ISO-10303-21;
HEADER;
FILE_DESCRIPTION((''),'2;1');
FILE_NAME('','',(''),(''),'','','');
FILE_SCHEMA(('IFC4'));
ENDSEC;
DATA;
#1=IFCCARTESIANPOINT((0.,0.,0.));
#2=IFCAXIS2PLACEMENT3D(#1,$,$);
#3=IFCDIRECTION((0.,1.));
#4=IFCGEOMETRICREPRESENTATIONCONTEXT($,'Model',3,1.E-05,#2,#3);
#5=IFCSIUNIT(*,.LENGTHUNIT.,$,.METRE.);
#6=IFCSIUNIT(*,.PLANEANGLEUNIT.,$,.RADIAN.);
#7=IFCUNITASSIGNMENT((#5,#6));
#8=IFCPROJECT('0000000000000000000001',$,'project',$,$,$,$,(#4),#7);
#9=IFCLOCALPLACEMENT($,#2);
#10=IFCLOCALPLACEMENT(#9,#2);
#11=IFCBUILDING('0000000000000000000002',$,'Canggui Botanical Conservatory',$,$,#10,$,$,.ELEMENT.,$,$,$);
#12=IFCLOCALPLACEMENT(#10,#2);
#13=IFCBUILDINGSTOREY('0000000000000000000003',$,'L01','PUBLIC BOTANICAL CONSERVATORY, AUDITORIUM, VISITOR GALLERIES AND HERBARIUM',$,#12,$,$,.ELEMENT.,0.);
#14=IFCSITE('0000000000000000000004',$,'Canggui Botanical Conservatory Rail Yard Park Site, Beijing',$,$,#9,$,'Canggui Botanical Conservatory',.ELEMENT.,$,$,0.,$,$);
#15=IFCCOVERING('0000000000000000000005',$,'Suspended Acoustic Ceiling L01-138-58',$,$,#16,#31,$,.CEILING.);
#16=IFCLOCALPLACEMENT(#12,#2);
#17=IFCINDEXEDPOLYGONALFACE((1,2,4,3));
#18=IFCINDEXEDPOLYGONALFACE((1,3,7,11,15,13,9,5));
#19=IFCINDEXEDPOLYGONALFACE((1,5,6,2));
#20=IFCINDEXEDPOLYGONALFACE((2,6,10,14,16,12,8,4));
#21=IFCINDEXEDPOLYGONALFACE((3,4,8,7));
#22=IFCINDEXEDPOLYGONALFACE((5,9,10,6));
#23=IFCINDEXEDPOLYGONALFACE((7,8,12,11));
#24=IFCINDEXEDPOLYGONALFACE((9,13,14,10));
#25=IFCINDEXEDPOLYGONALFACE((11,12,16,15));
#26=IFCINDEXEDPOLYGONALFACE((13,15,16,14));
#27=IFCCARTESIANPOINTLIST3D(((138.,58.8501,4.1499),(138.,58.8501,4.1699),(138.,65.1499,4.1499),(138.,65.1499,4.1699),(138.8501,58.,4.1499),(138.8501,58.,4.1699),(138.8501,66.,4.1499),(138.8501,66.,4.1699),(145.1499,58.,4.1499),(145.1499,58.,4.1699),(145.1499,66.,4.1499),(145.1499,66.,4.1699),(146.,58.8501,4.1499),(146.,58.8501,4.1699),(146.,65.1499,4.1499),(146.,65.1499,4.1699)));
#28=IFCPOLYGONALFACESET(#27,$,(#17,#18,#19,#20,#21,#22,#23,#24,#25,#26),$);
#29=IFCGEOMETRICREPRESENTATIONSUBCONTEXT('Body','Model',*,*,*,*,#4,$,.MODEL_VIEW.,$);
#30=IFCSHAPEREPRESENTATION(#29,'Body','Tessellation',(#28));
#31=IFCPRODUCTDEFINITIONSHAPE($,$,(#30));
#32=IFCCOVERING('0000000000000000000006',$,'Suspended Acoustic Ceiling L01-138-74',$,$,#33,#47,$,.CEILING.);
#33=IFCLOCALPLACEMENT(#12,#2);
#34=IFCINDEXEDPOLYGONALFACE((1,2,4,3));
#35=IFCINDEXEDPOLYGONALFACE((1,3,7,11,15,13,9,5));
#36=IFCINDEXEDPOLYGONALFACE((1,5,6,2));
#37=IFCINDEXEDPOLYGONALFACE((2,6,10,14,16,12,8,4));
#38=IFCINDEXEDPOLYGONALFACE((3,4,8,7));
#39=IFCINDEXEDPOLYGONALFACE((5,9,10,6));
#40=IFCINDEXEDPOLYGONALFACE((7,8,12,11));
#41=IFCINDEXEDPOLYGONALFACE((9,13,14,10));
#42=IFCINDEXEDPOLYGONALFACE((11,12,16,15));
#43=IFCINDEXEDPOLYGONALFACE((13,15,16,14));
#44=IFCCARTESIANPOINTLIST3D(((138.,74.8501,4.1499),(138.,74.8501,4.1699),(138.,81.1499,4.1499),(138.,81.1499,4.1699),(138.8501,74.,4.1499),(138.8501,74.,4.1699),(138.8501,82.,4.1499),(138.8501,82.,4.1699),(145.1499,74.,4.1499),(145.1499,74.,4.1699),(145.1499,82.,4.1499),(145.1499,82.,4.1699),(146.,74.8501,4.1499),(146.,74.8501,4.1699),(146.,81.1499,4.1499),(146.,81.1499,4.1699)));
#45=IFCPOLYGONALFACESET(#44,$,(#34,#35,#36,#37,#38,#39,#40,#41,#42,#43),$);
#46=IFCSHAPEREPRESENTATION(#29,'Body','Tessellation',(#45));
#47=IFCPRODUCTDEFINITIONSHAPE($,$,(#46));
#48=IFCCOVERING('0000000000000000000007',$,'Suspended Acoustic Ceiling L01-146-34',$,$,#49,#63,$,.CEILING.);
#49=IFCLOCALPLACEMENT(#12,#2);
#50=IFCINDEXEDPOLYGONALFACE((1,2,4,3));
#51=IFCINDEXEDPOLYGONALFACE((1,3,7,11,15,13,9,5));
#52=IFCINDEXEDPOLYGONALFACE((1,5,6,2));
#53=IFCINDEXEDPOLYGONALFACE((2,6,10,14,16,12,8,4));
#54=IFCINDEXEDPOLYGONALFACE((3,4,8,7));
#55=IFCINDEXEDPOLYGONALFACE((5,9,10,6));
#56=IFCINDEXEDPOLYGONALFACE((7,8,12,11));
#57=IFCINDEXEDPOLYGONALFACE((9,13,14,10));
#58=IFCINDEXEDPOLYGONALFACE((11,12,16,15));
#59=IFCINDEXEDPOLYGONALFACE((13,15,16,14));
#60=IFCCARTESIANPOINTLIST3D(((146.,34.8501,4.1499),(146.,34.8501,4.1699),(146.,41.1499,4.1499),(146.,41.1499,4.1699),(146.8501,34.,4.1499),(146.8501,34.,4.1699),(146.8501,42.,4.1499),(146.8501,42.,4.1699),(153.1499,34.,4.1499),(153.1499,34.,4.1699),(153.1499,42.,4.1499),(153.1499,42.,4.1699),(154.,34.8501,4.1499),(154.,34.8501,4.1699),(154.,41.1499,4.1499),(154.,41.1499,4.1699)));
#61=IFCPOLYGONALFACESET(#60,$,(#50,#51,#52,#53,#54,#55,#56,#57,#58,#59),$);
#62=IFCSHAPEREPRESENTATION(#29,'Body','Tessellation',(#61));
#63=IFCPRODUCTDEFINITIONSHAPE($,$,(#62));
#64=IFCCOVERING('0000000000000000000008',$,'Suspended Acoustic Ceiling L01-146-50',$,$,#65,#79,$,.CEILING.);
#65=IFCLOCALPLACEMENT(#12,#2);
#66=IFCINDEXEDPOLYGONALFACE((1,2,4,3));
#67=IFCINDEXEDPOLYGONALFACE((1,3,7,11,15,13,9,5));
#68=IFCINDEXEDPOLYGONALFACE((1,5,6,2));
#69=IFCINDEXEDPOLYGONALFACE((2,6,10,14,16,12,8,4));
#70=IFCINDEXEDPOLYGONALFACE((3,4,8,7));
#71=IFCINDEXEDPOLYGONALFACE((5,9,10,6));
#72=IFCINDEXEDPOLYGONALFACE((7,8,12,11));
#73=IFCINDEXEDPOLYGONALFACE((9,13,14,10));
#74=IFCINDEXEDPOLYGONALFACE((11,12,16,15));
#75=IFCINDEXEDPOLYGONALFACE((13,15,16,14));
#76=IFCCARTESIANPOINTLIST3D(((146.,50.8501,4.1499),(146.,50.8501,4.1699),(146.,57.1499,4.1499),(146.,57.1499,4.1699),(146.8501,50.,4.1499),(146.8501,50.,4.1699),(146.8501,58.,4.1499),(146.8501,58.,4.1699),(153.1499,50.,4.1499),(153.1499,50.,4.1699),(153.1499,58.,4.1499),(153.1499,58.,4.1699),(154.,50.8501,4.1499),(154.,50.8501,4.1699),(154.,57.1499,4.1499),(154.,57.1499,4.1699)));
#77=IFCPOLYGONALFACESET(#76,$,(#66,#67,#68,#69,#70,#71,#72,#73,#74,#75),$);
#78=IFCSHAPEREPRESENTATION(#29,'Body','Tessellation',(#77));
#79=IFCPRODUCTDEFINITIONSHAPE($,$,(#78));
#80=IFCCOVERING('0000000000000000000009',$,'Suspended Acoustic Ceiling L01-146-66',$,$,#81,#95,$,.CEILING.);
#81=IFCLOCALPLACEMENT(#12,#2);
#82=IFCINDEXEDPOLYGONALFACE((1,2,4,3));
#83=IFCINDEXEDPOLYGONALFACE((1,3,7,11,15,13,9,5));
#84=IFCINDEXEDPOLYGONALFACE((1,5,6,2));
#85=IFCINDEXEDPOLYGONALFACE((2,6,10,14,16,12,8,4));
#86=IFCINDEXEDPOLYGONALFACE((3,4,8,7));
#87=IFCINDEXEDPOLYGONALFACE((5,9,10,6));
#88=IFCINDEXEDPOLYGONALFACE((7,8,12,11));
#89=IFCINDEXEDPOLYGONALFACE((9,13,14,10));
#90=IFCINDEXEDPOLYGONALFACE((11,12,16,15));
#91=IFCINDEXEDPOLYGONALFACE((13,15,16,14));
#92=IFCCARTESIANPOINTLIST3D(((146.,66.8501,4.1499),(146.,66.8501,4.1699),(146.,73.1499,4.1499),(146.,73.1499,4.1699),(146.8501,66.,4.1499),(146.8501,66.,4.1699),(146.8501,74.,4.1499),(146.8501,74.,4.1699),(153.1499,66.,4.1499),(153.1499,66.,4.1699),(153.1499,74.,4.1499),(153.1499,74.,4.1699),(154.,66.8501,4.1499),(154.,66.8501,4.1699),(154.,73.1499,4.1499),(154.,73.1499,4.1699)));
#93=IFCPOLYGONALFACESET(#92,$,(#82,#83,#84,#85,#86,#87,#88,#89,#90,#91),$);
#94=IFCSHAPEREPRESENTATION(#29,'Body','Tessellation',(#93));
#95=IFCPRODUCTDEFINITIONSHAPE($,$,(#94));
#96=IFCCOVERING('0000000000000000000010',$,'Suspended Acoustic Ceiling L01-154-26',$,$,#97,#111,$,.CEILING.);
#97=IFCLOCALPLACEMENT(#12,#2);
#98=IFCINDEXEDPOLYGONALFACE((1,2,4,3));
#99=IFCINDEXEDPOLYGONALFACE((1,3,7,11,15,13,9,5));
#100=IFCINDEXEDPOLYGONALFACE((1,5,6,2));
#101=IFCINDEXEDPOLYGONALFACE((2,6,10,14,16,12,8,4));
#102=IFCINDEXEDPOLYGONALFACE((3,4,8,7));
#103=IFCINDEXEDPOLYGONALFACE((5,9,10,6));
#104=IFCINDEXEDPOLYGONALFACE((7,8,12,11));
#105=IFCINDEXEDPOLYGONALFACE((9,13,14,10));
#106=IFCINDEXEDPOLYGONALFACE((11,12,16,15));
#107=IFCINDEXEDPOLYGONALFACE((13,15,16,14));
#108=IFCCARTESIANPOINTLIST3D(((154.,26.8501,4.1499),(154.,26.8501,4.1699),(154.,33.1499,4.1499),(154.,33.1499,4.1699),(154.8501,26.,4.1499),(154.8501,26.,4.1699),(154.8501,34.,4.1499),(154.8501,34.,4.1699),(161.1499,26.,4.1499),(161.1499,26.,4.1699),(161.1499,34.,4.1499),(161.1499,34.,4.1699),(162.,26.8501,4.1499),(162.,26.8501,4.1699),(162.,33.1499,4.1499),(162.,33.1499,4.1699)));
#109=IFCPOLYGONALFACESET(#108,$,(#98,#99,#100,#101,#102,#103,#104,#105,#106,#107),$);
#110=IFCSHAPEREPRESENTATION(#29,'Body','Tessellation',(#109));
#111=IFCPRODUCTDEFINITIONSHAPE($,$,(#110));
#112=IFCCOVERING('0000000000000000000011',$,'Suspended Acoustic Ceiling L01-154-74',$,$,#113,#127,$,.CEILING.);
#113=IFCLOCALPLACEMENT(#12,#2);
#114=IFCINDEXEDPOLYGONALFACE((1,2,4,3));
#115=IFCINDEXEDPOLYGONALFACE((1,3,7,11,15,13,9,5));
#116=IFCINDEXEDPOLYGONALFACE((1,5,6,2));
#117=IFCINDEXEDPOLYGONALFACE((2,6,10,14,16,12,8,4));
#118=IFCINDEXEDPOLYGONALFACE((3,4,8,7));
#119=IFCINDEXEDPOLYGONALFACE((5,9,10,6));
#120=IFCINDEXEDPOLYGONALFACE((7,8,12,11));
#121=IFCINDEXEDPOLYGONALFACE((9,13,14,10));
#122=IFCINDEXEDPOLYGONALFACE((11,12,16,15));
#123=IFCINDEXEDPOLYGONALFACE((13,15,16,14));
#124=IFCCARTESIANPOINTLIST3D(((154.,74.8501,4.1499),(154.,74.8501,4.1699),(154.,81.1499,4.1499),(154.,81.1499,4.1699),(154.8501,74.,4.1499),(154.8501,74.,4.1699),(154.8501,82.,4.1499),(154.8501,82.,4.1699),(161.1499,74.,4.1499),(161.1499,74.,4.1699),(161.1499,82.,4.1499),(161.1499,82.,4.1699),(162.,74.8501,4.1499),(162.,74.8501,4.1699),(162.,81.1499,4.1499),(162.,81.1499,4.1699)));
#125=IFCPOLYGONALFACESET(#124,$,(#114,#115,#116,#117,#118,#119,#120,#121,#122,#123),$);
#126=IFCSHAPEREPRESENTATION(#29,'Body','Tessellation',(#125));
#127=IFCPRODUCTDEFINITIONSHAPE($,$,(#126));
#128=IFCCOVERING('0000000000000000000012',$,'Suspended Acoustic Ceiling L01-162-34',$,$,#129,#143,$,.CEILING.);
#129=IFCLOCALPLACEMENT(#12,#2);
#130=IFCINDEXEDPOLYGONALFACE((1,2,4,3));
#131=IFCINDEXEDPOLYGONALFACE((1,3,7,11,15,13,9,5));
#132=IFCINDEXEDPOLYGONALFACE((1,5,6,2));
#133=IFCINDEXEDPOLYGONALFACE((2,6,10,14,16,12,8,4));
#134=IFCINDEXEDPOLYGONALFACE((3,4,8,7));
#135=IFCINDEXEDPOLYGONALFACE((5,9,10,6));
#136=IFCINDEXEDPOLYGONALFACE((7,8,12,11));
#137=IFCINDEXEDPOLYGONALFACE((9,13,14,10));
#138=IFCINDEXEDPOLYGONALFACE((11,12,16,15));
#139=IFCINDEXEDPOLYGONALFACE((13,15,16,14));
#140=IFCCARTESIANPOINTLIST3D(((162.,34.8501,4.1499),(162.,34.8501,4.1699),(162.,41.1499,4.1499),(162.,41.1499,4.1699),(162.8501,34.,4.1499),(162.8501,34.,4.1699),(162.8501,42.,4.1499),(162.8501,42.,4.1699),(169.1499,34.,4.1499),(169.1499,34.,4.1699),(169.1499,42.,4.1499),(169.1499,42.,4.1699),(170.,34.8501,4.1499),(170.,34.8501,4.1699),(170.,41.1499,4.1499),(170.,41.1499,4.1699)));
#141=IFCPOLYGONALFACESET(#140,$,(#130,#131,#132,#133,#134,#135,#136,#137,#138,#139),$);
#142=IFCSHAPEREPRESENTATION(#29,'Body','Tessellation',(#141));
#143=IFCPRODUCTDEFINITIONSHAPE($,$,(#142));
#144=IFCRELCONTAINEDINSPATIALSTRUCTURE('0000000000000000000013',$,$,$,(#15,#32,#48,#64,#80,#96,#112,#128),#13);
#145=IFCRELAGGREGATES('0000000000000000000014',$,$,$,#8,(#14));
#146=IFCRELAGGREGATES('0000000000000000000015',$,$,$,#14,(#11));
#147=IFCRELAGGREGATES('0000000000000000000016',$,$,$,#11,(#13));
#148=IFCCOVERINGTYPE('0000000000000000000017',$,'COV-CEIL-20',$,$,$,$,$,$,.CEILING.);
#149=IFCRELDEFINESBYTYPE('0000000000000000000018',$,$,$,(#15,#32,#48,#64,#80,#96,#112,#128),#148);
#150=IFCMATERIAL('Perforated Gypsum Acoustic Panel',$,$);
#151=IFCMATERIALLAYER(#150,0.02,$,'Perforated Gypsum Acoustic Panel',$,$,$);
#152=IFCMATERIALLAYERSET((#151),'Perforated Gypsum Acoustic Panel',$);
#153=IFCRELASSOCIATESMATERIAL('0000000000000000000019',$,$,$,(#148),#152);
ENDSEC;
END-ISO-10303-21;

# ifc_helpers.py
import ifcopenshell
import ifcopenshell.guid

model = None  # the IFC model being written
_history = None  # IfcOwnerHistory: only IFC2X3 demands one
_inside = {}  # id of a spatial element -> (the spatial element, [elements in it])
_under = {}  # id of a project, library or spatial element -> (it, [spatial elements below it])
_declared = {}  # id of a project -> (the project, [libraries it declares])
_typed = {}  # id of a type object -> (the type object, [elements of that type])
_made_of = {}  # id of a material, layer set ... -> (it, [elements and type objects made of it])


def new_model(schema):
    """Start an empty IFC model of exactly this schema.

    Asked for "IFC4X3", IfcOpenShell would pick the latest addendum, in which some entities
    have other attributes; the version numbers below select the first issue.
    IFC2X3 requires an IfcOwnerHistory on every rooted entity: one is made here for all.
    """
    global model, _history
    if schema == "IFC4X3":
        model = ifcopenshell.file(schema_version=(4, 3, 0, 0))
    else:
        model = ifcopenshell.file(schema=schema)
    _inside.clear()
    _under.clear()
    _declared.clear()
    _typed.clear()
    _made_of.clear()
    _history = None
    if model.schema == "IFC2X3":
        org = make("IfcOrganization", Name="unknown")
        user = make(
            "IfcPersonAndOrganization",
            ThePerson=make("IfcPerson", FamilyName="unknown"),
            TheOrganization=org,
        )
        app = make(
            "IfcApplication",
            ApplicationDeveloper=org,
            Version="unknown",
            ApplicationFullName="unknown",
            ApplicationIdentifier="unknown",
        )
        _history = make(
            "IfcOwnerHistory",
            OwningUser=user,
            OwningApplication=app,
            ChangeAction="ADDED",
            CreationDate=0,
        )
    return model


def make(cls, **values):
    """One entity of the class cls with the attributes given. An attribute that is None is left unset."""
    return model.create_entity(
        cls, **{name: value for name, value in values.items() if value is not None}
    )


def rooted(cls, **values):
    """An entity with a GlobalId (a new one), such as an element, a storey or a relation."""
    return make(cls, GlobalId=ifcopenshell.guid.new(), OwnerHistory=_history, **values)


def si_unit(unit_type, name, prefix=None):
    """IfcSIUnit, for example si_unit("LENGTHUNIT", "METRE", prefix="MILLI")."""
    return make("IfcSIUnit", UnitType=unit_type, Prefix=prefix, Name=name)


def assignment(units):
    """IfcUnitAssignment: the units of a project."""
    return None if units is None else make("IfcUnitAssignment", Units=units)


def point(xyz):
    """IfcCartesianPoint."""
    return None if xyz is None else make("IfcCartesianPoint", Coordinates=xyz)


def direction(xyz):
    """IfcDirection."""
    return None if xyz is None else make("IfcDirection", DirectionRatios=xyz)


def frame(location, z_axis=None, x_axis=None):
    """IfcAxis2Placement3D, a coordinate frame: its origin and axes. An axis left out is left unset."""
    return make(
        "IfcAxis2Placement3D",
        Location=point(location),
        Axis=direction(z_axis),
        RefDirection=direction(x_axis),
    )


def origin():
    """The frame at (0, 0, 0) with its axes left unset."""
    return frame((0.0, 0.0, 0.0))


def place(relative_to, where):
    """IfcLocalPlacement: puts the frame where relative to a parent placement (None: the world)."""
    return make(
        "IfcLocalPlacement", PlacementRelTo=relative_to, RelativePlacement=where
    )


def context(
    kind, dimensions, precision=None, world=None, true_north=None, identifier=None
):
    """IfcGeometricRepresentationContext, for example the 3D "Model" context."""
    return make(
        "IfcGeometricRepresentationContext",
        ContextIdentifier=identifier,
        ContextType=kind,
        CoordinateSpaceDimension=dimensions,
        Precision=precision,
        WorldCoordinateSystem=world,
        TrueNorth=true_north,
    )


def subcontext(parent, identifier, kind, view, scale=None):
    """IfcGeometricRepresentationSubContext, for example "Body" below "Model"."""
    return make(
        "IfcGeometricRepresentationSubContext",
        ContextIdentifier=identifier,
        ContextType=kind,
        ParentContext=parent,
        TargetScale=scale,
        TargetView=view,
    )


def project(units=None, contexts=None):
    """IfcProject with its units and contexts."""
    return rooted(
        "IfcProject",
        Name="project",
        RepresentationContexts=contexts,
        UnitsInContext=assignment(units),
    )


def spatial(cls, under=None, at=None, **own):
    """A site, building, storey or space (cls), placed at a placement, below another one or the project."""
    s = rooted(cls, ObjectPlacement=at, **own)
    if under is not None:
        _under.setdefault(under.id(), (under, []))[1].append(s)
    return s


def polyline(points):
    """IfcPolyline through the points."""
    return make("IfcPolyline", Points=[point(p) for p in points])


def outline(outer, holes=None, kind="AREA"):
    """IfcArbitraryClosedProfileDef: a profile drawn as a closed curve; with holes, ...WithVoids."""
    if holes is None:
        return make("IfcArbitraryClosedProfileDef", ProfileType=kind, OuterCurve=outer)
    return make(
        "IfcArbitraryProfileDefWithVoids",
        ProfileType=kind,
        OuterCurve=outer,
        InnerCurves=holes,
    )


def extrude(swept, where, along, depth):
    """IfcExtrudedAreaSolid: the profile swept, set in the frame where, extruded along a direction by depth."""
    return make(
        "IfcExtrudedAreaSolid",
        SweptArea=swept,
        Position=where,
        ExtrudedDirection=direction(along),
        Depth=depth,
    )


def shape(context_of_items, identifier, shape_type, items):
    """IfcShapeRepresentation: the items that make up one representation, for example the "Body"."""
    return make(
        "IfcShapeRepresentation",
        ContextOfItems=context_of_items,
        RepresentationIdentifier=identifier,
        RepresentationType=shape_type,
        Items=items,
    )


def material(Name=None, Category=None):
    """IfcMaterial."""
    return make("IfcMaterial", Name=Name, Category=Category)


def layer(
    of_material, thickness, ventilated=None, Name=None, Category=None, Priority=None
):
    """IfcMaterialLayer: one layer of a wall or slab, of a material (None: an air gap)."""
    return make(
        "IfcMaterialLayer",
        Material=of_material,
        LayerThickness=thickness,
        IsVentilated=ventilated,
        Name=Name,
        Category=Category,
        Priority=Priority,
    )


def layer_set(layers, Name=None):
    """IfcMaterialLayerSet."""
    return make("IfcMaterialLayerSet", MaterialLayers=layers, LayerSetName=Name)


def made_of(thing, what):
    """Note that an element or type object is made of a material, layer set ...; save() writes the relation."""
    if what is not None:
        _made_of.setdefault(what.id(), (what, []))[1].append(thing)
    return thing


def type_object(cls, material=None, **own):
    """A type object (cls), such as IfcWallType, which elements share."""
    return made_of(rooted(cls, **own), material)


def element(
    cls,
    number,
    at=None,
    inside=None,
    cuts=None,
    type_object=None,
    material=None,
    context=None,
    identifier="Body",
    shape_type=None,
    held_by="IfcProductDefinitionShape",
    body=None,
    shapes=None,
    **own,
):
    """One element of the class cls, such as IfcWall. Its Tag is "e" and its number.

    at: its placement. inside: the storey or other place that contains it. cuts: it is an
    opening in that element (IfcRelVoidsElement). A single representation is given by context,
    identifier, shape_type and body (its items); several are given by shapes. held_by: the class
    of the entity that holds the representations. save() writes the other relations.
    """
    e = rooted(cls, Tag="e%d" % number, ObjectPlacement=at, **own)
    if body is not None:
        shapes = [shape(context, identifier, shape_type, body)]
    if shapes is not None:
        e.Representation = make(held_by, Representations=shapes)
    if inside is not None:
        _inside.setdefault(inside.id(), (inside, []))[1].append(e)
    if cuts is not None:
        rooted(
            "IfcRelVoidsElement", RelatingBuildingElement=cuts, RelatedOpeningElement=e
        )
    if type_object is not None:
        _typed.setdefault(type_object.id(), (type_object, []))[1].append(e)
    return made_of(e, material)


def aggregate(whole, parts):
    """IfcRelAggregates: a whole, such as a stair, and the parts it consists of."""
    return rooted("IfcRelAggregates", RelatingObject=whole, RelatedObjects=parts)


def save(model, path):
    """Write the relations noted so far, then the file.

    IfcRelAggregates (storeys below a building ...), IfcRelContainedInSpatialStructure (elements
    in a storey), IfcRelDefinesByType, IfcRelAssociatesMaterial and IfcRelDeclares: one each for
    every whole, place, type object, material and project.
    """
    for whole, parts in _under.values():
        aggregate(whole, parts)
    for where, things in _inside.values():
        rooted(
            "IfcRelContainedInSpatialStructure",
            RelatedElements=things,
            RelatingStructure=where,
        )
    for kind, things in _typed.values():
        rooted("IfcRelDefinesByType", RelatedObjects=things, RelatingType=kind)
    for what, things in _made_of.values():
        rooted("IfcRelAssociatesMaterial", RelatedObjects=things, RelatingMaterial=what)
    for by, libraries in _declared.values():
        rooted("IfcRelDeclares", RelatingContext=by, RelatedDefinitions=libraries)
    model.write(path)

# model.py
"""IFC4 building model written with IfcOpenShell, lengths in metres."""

from ifc_helpers import new_model, si_unit, direction, frame, origin, place, context, subcontext, project, spatial, polyline, outline, extrude, material, layer, layer_set, type_object, element, save


model = new_model("IFC4")

# Units and contexts
model_context = context("Model", 3, precision=1e-05, world=origin(), true_north=direction((0.0, 1.0)))
body_context = subcontext(model_context, "Body", "Model", "MODEL_VIEW")
ifc_project = project(units=[si_unit("LENGTHUNIT", "METRE"), si_unit("PLANEANGLEUNIT", "RADIAN")], contexts=[model_context])

# Site, building, storey
site_placement = place(None, origin())
site = spatial("IfcSite", under=ifc_project, at=site_placement, Name="Canggui Botanical Conservatory Rail Yard Park Site, Beijing", LongName="Canggui Botanical Conservatory", CompositionType="ELEMENT", RefElevation=0.0)
building_placement = place(site_placement, origin())
building = spatial("IfcBuilding", under=site, at=building_placement, Name="Canggui Botanical Conservatory", CompositionType="ELEMENT")
storey_placement = place(building_placement, origin())
storey = spatial("IfcBuildingStorey", under=building, at=storey_placement, Name="L01", Description="PUBLIC BOTANICAL CONSERVATORY, AUDITORIUM, VISITOR GALLERIES AND HERBARIUM", CompositionType="ELEMENT", Elevation=0.0)

# Coverings
ifc_material_1 = material(Name="Perforated Gypsum Acoustic Panel")
ifc_layer_1 = layer(ifc_material_1, 0.02, Name="Perforated Gypsum Acoustic Panel")
ifc_layer_set_1 = layer_set([ifc_layer_1], Name="Perforated Gypsum Acoustic Panel")
covering_type_1 = type_object("IfcCoveringType", Name="COV-CEIL-20", PredefinedType="CEILING", material=ifc_layer_set_1)
covering_1_placement = place(storey_placement, frame((0.0, 0.0, 4.1499)))
element("IfcCovering", 1, at=covering_1_placement, inside=storey, type_object=covering_type_1, Name="Suspended Acoustic Ceiling L01-138-58", PredefinedType="CEILING", context=body_context, shape_type="SweptSolid", body=[
    extrude(outline(polyline([(138.8501, 58.0), (145.1499, 58.0), (146.0, 58.8501), (146.0, 65.1499), (145.1499, 66.0), (138.8501, 66.0), (138.0, 65.1499), (138.0, 58.8501), (138.8501, 58.0)])), origin(), (0.0, 0.0, 1.0), 0.02),
])
covering_2_placement = place(storey_placement, frame((0.0, 0.0, 4.1499)))
element("IfcCovering", 2, at=covering_2_placement, inside=storey, type_object=covering_type_1, Name="Suspended Acoustic Ceiling L01-138-74", PredefinedType="CEILING", context=body_context, shape_type="SweptSolid", body=[
    extrude(outline(polyline([(138.8501, 74.0), (145.1499, 74.0), (146.0, 74.8501), (146.0, 81.1499), (145.1499, 82.0), (138.8501, 82.0), (138.0, 81.1499), (138.0, 74.8501), (138.8501, 74.0)])), origin(), (0.0, 0.0, 1.0), 0.02),
])
covering_3_placement = place(storey_placement, frame((0.0, 0.0, 4.1499)))
element("IfcCovering", 3, at=covering_3_placement, inside=storey, type_object=covering_type_1, Name="Suspended Acoustic Ceiling L01-146-34", PredefinedType="CEILING", context=body_context, shape_type="SweptSolid", body=[
    extrude(outline(polyline([(146.8501, 34.0), (153.1499, 34.0), (154.0, 34.8501), (154.0, 41.1499), (153.1499, 42.0), (146.8501, 42.0), (146.0, 41.1499), (146.0, 34.8501), (146.8501, 34.0)])), origin(), (0.0, 0.0, 1.0), 0.02),
])
covering_4_placement = place(storey_placement, frame((0.0, 0.0, 4.1499)))
element("IfcCovering", 4, at=covering_4_placement, inside=storey, type_object=covering_type_1, Name="Suspended Acoustic Ceiling L01-146-50", PredefinedType="CEILING", context=body_context, shape_type="SweptSolid", body=[
    extrude(outline(polyline([(146.8501, 50.0), (153.1499, 50.0), (154.0, 50.8501), (154.0, 57.1499), (153.1499, 58.0), (146.8501, 58.0), (146.0, 57.1499), (146.0, 50.8501), (146.8501, 50.0)])), origin(), (0.0, 0.0, 1.0), 0.02),
])
covering_5_placement = place(storey_placement, frame((0.0, 0.0, 4.1499)))
element("IfcCovering", 5, at=covering_5_placement, inside=storey, type_object=covering_type_1, Name="Suspended Acoustic Ceiling L01-146-66", PredefinedType="CEILING", context=body_context, shape_type="SweptSolid", body=[
    extrude(outline(polyline([(146.8501, 66.0), (153.1499, 66.0), (154.0, 66.8501), (154.0, 73.1499), (153.1499, 74.0), (146.8501, 74.0), (146.0, 73.1499), (146.0, 66.8501), (146.8501, 66.0)])), origin(), (0.0, 0.0, 1.0), 0.02),
])
covering_6_placement = place(storey_placement, frame((0.0, 0.0, 4.1499)))
element("IfcCovering", 6, at=covering_6_placement, inside=storey, type_object=covering_type_1, Name="Suspended Acoustic Ceiling L01-154-26", PredefinedType="CEILING", context=body_context, shape_type="SweptSolid", body=[
    extrude(outline(polyline([(154.8501, 26.0), (161.1499, 26.0), (162.0, 26.8501), (162.0, 33.1499), (161.1499, 34.0), (154.8501, 34.0), (154.0, 33.1499), (154.0, 26.8501), (154.8501, 26.0)])), origin(), (0.0, 0.0, 1.0), 0.02),
])
covering_7_placement = place(storey_placement, frame((0.0, 0.0, 4.1499)))
element("IfcCovering", 7, at=covering_7_placement, inside=storey, type_object=covering_type_1, Name="Suspended Acoustic Ceiling L01-154-74", PredefinedType="CEILING", context=body_context, shape_type="SweptSolid", body=[
    extrude(outline(polyline([(154.8501, 74.0), (161.1499, 74.0), (162.0, 74.8501), (162.0, 81.1499), (161.1499, 82.0), (154.8501, 82.0), (154.0, 81.1499), (154.0, 74.8501), (154.8501, 74.0)])), origin(), (0.0, 0.0, 1.0), 0.02),
])
covering_8_placement = place(storey_placement, frame((0.0, 0.0, 4.1499)))
element("IfcCovering", 8, at=covering_8_placement, inside=storey, type_object=covering_type_1, Name="Suspended Acoustic Ceiling L01-162-34", PredefinedType="CEILING", context=body_context, shape_type="SweptSolid", body=[
    extrude(outline(polyline([(162.8501, 34.0), (169.1499, 34.0), (170.0, 34.8501), (170.0, 41.1499), (169.1499, 42.0), (162.8501, 42.0), (162.0, 41.1499), (162.0, 34.8501), (162.8501, 34.0)])), origin(), (0.0, 0.0, 1.0), 0.02),
])

save(model, "model.ifc")
